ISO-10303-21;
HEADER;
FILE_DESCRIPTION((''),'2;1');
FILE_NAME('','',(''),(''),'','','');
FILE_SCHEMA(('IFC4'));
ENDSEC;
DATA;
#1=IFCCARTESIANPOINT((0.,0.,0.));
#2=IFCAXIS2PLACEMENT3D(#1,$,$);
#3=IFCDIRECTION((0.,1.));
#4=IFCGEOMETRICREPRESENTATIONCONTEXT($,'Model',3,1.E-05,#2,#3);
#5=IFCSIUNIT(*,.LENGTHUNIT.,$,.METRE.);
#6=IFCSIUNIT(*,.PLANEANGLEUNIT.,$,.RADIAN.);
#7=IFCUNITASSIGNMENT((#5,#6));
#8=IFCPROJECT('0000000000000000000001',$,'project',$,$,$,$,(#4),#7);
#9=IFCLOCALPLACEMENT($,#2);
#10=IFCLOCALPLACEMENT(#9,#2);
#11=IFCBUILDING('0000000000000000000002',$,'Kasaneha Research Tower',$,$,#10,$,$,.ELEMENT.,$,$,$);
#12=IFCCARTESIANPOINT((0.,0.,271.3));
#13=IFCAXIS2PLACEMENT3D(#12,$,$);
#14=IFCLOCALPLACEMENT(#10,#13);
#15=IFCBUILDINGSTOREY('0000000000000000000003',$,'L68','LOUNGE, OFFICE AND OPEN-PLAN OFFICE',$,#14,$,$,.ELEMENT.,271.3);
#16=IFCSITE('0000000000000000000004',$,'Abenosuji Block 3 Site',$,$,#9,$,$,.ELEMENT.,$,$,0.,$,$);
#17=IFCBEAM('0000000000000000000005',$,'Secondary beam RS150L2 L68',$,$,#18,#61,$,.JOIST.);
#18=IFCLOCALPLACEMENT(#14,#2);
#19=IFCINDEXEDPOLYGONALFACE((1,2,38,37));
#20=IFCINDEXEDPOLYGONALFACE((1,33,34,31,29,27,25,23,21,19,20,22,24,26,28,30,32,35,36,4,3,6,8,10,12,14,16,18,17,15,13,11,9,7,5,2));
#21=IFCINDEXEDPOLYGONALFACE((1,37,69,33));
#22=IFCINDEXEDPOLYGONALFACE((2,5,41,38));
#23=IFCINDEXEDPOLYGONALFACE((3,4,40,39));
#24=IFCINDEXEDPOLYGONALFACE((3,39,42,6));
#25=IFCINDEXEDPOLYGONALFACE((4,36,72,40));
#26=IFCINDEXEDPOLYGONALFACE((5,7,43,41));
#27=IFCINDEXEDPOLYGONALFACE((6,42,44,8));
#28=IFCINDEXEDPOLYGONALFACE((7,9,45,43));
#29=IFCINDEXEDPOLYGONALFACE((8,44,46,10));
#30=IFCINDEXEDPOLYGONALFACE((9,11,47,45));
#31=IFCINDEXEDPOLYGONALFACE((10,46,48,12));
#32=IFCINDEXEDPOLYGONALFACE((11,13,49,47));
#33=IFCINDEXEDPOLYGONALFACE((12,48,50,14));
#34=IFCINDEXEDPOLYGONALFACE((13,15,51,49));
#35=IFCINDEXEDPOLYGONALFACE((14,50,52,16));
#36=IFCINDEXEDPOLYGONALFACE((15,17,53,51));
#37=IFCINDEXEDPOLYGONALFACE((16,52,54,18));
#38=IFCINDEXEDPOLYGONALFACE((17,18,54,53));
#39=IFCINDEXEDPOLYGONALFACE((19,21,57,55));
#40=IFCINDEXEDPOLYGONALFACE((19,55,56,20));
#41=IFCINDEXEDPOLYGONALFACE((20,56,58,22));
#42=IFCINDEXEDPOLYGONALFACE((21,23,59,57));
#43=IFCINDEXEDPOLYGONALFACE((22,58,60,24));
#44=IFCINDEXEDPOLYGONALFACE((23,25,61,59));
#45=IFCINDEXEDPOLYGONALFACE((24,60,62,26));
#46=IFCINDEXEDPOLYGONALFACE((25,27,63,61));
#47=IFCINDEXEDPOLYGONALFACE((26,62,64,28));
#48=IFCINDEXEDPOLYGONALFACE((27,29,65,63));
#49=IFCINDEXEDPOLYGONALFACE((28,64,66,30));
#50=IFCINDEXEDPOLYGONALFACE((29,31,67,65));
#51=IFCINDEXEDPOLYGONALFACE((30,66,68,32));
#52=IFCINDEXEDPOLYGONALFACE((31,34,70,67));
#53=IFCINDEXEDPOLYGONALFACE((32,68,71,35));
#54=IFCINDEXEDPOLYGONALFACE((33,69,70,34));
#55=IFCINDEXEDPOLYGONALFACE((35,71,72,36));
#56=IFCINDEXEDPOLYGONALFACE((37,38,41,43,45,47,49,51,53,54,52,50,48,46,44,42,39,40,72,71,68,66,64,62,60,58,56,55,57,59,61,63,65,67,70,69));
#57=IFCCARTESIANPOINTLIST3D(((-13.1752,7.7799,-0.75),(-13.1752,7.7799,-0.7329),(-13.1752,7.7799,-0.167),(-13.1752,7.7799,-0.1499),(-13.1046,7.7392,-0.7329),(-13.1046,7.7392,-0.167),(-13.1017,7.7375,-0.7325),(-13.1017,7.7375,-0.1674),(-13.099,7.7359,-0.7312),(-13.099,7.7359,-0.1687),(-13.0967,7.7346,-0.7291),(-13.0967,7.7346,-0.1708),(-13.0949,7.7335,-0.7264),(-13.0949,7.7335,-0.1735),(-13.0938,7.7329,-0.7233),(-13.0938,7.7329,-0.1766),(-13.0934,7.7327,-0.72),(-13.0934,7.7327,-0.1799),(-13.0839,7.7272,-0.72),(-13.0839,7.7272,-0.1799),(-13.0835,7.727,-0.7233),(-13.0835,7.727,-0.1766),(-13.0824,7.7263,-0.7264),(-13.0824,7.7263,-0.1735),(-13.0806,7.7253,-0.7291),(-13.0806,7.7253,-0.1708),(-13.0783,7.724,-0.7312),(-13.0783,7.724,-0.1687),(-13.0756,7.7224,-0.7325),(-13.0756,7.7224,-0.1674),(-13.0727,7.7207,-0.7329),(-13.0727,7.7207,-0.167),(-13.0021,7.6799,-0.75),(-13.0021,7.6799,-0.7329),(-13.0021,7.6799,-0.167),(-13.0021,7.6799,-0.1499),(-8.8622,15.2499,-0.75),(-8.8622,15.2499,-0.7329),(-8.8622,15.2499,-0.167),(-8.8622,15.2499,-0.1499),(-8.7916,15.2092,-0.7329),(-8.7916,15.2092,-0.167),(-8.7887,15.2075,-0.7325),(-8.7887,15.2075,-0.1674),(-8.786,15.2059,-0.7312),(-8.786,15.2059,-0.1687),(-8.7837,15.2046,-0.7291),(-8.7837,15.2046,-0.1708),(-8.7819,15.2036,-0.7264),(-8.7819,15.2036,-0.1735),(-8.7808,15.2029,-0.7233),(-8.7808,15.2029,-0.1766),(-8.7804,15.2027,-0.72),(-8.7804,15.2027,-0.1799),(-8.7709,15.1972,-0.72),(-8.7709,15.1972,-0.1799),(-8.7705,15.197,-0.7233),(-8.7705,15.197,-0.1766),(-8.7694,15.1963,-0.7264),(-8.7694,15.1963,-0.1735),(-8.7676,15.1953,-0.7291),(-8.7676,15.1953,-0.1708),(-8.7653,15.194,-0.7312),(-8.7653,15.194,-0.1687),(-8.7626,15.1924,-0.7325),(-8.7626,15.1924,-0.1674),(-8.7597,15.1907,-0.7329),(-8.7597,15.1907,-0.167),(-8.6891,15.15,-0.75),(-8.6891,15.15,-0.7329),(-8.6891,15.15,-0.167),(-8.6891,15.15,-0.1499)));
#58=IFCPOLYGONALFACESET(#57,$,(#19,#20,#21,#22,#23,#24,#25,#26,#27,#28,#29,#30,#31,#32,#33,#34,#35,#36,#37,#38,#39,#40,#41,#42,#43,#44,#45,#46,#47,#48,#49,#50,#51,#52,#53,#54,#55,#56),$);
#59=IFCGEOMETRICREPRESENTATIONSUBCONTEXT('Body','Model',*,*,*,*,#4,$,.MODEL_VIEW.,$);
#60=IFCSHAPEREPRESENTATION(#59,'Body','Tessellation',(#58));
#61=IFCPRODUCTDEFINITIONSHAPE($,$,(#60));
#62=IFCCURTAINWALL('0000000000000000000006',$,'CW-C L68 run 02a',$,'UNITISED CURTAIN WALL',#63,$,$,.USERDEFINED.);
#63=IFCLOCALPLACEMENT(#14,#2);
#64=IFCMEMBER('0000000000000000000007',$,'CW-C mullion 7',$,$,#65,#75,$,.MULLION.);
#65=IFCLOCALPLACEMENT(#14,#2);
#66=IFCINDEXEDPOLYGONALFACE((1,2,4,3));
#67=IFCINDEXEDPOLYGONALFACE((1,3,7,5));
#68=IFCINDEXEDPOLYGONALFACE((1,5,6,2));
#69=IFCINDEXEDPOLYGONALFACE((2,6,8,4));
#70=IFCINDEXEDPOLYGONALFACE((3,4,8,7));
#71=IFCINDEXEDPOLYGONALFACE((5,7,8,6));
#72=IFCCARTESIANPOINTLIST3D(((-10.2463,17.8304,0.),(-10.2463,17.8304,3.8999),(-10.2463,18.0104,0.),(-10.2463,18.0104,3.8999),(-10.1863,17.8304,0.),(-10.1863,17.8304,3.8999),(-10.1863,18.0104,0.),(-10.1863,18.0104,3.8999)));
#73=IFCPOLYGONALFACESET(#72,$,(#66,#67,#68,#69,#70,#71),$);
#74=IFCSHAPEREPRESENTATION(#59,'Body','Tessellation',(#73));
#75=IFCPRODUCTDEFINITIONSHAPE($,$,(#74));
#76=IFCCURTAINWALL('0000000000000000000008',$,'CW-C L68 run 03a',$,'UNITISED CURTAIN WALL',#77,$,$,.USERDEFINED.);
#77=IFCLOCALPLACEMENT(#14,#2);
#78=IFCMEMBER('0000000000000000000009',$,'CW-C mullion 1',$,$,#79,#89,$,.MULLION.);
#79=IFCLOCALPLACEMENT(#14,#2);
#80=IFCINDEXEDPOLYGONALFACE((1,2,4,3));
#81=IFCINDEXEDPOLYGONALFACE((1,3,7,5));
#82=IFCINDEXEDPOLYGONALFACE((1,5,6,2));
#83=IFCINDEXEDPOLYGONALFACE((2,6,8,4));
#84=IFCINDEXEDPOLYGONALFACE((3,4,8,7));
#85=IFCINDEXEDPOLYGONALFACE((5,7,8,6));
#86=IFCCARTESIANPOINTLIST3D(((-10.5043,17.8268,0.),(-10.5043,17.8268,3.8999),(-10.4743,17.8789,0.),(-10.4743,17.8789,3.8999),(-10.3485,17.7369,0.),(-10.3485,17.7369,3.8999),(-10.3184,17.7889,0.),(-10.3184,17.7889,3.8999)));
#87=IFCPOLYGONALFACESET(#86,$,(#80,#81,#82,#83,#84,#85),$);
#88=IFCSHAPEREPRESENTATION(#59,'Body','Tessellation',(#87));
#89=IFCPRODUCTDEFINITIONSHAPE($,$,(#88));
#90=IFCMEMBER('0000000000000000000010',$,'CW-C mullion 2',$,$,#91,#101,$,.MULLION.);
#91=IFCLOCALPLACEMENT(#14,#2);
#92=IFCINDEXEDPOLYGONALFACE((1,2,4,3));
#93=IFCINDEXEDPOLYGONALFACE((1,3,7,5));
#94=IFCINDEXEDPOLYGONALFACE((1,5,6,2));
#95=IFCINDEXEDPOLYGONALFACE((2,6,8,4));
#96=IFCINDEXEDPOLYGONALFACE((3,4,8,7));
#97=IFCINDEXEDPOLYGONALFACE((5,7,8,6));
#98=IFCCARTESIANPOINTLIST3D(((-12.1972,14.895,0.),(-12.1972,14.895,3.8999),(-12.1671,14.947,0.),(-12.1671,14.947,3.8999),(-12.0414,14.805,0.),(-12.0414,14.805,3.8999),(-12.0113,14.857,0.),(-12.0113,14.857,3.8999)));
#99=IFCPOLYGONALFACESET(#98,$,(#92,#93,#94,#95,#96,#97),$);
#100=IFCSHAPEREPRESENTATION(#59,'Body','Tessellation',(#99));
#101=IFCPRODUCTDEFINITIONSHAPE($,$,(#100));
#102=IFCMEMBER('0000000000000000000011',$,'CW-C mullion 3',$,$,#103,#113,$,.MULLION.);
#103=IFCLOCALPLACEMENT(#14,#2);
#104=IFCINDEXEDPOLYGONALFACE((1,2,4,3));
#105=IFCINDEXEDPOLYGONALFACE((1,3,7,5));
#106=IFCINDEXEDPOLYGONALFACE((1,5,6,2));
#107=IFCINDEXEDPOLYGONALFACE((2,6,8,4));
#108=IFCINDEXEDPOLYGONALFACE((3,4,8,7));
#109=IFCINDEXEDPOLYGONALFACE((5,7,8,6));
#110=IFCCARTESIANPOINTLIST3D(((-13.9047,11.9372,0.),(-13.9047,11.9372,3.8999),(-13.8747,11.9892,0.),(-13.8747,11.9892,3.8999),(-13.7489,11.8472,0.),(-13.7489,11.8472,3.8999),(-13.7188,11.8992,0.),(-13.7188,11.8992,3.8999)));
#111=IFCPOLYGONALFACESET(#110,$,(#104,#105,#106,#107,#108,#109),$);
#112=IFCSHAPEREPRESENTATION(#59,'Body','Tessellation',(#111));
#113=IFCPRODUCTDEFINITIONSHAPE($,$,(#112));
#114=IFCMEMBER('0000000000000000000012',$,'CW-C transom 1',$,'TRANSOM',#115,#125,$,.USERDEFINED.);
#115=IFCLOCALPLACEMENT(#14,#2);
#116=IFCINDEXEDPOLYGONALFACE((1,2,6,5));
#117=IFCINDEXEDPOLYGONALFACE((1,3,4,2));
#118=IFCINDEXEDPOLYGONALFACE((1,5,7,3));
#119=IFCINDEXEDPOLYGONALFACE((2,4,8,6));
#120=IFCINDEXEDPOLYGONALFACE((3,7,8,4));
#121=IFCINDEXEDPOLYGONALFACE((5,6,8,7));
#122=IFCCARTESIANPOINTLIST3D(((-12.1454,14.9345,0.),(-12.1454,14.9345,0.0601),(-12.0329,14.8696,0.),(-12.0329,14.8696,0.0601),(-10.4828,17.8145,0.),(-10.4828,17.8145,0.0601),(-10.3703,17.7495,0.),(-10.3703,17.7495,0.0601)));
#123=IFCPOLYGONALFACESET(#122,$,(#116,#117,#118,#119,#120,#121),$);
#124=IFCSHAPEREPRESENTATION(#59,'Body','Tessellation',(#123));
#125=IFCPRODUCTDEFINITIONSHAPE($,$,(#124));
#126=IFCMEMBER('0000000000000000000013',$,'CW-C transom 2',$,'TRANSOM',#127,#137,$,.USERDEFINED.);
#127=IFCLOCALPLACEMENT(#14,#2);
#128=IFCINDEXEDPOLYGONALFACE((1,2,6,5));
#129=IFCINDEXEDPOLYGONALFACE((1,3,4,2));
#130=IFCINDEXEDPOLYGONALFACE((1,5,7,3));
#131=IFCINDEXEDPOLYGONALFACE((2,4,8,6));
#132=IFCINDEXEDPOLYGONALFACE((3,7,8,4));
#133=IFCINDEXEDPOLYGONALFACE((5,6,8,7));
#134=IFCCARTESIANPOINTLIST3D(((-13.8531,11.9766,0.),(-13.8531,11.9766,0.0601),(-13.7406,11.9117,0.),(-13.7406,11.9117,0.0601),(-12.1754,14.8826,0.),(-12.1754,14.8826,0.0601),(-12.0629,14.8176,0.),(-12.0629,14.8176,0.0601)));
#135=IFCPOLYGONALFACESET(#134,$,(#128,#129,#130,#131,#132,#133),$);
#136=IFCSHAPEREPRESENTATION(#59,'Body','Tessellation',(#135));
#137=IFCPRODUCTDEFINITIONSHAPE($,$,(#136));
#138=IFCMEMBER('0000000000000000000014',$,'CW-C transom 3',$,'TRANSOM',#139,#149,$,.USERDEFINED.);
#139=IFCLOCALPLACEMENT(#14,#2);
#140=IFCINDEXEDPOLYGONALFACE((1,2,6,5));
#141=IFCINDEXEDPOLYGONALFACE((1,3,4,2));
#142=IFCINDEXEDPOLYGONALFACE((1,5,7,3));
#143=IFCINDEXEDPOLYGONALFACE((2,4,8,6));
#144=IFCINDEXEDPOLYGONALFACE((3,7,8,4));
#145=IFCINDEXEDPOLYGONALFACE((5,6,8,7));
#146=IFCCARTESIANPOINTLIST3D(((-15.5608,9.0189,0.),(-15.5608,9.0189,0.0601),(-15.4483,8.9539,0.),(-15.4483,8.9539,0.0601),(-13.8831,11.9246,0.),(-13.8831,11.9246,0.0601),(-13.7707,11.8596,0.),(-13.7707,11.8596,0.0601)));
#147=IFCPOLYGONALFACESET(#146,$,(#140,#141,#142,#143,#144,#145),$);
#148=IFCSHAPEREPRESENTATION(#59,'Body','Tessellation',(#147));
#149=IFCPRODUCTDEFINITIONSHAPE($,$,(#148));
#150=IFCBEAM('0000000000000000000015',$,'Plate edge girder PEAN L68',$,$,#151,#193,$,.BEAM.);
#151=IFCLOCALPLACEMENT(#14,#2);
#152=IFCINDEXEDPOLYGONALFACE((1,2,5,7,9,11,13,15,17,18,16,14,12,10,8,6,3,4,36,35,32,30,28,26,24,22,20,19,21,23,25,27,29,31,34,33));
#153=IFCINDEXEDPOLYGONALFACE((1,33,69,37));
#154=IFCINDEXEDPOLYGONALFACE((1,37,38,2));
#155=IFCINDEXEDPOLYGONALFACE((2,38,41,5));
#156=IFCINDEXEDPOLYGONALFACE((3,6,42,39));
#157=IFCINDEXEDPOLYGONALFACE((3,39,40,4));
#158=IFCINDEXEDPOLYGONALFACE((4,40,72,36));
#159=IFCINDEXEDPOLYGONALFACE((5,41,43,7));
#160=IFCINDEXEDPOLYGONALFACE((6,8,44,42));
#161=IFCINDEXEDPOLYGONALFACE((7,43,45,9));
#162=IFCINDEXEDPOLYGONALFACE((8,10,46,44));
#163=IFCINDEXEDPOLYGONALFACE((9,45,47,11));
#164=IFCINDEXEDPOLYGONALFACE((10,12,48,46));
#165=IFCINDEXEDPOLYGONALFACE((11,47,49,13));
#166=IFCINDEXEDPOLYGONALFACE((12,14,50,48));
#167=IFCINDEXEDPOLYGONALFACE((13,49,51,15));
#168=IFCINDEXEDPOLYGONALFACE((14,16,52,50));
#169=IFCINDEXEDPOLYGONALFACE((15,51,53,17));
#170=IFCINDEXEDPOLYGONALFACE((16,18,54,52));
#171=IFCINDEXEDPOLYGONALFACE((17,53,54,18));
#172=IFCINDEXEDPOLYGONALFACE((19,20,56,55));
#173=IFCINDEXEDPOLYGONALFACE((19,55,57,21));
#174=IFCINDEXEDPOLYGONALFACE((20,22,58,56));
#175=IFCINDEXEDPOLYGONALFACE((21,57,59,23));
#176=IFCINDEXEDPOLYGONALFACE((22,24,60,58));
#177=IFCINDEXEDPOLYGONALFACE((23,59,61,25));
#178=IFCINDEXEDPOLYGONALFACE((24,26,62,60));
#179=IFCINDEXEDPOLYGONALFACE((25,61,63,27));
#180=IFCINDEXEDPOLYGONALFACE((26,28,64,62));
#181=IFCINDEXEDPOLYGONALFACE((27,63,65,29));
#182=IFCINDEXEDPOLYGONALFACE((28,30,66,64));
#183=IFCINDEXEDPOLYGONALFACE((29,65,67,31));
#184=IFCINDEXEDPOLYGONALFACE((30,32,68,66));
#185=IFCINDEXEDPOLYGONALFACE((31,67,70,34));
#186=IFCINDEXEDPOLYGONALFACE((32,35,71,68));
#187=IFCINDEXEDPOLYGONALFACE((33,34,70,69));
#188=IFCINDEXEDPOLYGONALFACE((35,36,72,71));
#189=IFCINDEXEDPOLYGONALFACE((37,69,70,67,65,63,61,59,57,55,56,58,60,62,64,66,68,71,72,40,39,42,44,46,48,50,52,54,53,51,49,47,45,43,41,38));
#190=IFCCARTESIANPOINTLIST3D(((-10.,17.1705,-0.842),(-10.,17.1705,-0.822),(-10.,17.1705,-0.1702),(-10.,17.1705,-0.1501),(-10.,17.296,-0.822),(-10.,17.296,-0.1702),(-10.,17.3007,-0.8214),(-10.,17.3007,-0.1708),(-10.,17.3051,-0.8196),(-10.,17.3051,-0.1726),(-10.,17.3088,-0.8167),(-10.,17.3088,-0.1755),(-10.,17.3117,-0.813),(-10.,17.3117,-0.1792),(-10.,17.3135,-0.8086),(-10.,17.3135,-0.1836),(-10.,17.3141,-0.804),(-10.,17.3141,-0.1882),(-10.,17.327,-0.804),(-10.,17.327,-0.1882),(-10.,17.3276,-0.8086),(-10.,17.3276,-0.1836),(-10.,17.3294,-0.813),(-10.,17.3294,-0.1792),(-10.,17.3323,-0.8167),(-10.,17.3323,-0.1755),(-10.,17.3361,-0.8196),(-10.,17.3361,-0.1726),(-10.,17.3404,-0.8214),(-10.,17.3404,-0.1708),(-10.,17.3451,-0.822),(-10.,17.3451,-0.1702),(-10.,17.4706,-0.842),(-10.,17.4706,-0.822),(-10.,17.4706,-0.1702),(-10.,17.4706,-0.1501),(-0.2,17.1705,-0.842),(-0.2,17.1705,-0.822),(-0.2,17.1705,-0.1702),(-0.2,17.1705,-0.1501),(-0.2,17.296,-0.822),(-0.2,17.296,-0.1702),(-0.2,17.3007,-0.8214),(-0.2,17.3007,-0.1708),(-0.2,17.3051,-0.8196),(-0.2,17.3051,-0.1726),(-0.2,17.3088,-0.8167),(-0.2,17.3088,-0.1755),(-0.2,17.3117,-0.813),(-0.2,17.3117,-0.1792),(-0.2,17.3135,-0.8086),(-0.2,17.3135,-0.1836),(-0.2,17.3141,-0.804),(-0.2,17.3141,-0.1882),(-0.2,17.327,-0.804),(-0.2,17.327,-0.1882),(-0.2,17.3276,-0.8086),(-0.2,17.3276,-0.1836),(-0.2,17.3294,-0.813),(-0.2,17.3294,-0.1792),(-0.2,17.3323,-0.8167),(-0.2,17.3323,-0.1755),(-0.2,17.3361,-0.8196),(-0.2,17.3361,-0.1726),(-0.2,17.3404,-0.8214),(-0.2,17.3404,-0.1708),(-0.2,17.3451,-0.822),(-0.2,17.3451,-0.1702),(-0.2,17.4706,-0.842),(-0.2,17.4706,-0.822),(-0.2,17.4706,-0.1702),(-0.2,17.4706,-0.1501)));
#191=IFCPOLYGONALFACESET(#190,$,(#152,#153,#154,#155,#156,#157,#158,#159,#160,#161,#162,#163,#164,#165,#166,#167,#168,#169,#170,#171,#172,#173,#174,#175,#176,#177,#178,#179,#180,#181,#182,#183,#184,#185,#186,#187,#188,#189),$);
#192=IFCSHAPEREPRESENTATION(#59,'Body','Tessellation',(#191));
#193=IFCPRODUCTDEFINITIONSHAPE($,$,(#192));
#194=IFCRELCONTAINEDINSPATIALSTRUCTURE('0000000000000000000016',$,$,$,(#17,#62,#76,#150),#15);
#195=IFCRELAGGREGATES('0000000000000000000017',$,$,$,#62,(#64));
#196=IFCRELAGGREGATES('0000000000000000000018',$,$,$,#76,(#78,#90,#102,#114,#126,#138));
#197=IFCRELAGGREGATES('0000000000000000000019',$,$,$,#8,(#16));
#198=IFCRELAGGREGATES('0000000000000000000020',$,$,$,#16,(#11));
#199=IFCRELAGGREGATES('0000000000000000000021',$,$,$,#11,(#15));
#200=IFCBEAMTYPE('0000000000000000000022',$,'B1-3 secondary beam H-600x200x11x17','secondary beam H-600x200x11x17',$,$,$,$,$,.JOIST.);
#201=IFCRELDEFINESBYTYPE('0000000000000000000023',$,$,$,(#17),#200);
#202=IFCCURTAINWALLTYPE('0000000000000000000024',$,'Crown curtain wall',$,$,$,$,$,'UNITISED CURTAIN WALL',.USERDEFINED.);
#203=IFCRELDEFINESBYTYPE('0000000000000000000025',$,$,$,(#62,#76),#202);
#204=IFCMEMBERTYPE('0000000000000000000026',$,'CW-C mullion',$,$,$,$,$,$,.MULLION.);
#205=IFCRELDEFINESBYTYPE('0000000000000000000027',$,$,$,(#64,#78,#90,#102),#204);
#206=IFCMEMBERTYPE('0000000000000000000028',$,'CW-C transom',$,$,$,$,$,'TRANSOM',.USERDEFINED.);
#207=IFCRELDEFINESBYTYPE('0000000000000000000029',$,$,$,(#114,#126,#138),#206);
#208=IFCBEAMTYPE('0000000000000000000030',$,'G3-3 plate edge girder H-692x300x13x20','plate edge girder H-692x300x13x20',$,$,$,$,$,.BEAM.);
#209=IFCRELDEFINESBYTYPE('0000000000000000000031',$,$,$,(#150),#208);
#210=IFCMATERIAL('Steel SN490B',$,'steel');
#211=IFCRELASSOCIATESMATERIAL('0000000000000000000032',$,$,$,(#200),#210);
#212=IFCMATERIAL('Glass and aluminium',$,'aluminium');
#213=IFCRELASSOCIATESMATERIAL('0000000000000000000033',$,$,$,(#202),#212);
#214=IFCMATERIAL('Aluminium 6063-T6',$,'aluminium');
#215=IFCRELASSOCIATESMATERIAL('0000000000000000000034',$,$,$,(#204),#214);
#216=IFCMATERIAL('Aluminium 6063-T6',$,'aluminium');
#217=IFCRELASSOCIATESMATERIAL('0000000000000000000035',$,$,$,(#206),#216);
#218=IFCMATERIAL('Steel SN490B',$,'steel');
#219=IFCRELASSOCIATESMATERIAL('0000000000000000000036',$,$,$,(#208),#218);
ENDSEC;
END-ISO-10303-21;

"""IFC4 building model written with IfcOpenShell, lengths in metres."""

from ifc_helpers import new_model, si_unit, direction, frame, origin, origin_2d, place, context, subcontext, project, spatial, rectangle, i_section, extrude, material, material_profile, profile_set, type_object, element, aggregate, save


model = new_model("IFC4")

# Units and contexts
model_context = context("Model", 3, precision=1e-05, world=origin(), true_north=direction((0.0, 1.0)))
body_context = subcontext(model_context, "Body", "Model", "MODEL_VIEW")
ifc_project = project(units=[si_unit("LENGTHUNIT", "METRE"), si_unit("PLANEANGLEUNIT", "RADIAN")], contexts=[model_context])

# Site, building, storey
site_placement = place(None, origin())
site = spatial("IfcSite", under=ifc_project, at=site_placement, Name="Abenosuji Block 3 Site", CompositionType="ELEMENT", RefElevation=0.0)
building_placement = place(site_placement, origin())
building = spatial("IfcBuilding", under=site, at=building_placement, Name="Kasaneha Research Tower", CompositionType="ELEMENT")
storey_placement = place(building_placement, frame((0.0, 0.0, 271.3)))
storey = spatial("IfcBuildingStorey", under=building, at=storey_placement, Name="L68", Description="LOUNGE, OFFICE AND OPEN-PLAN OFFICE", CompositionType="ELEMENT", Elevation=271.3)

# Beam
ifc_material_1 = material(Name="Steel SN490B", Category="steel")
ifc_material_profile_1 = material_profile(ifc_material_1, i_section(OverallWidth=0.2, OverallDepth=0.6001, WebThickness=0.011, FlangeThickness=0.0171, FilletRadius=0.0129, at=origin_2d()), Name="H-600x200x11x17")
ifc_profile_set_1 = profile_set([ifc_material_profile_1], Name="Steel SN490B")
beam_type_1 = type_object("IfcBeamType", Name="B1-3 secondary beam H-600x200x11x17", Description="secondary beam H-600x200x11x17", PredefinedType="JOIST", material=ifc_profile_set_1)
beam_1_placement = place(storey_placement, frame((-8.7756, 15.2, -0.45), z_axis=(-0.500017, -0.866015, 0.0), x_axis=(0.866015, -0.500017, 0.0)))
element("IfcBeam", 1, at=beam_1_placement, inside=storey, type_object=beam_type_1, Name="Secondary beam RS150L2 L68", PredefinedType="JOIST", context=body_context, shape_type="SweptSolid", body=[
    extrude(i_section(OverallWidth=0.2, OverallDepth=0.6001, WebThickness=0.011, FlangeThickness=0.0171, FilletRadius=0.0129, at=origin_2d()), origin(), (0.0, 0.0, 1.0), 8.6257),
])

# Curtain wall, member
ifc_material_2 = material(Name="Glass and aluminium", Category="aluminium")
curtain_wall_type = type_object("IfcCurtainWallType", Name="Crown curtain wall", ElementType="UNITISED CURTAIN WALL", PredefinedType="USERDEFINED", material=ifc_material_2)
curtain_wall_1_placement = place(storey_placement, origin())
curtain_wall_1 = element("IfcCurtainWall", 2, at=curtain_wall_1_placement, inside=storey, type_object=curtain_wall_type, Name="CW-C L68 run 02a", ObjectType="UNITISED CURTAIN WALL", PredefinedType="USERDEFINED")
ifc_material_3 = material(Name="Aluminium 6063-T6", Category="aluminium")
ifc_material_profile_2 = material_profile(ifc_material_3, rectangle(XDim=0.0601, YDim=0.1799, at=origin_2d()), Name="CW-C mullion 60x180")
ifc_profile_set_2 = profile_set([ifc_material_profile_2], Name="Aluminium 6063-T6")
member_type_1 = type_object("IfcMemberType", Name="CW-C mullion", PredefinedType="MULLION", material=ifc_profile_set_2)
member_1_placement = place(storey_placement, frame((-10.2163, 17.9204, 0.0), z_axis=(0.0, 0.0, 1.0), x_axis=(-1.0, 0.0, 0.0)))
member_1 = element("IfcMember", 3, at=member_1_placement, type_object=member_type_1, Name="CW-C mullion 7", PredefinedType="MULLION", context=body_context, shape_type="SweptSolid", body=[
    extrude(rectangle(XDim=0.0601, YDim=0.1799, at=origin_2d()), origin(), (0.0, 0.0, 1.0), 3.8999),
])

# Curtain wall, members
curtain_wall_2_placement = place(storey_placement, origin())
curtain_wall_2 = element("IfcCurtainWall", 4, at=curtain_wall_2_placement, inside=storey, type_object=curtain_wall_type, Name="CW-C L68 run 03a", ObjectType="UNITISED CURTAIN WALL", PredefinedType="USERDEFINED")
member_2_placement = place(storey_placement, frame((-10.4114, 17.8079, 0.0), z_axis=(0.0, 0.0, 1.0), x_axis=(-0.5, -0.866025, 0.0)))
member_2 = element("IfcMember", 5, at=member_2_placement, type_object=member_type_1, Name="CW-C mullion 1", PredefinedType="MULLION", context=body_context, shape_type="SweptSolid", body=[
    extrude(rectangle(XDim=0.0601, YDim=0.1799, at=origin_2d()), origin(), (0.0, 0.0, 1.0), 3.8999),
])
member_3_placement = place(storey_placement, frame((-12.1042, 14.876, 0.0), z_axis=(0.0, 0.0, 1.0), x_axis=(-0.5, -0.866025, 0.0)))
member_3 = element("IfcMember", 6, at=member_3_placement, type_object=member_type_1, Name="CW-C mullion 2", PredefinedType="MULLION", context=body_context, shape_type="SweptSolid", body=[
    extrude(rectangle(XDim=0.0601, YDim=0.1799, at=origin_2d()), origin(), (0.0, 0.0, 1.0), 3.8999),
])
member_4_placement = place(storey_placement, frame((-13.8118, 11.9182, 0.0), z_axis=(0.0, 0.0, 1.0), x_axis=(-0.5, -0.866025, 0.0)))
member_4 = element("IfcMember", 7, at=member_4_placement, type_object=member_type_1, Name="CW-C mullion 3", PredefinedType="MULLION", context=body_context, shape_type="SweptSolid", body=[
    extrude(rectangle(XDim=0.0601, YDim=0.1799, at=origin_2d()), origin(), (0.0, 0.0, 1.0), 3.8999),
])
ifc_material_4 = material(Name="Aluminium 6063-T6", Category="aluminium")
ifc_material_profile_3 = material_profile(ifc_material_4, rectangle(XDim=0.1299, YDim=0.0601, at=origin_2d()), Name="CW-C transom 130x60")
ifc_profile_set_3 = profile_set([ifc_material_profile_3], Name="Aluminium 6063-T6")
member_type_2 = type_object("IfcMemberType", Name="CW-C transom", ElementType="TRANSOM", PredefinedType="USERDEFINED", material=ifc_profile_set_3)
member_5_placement = place(storey_placement, frame((-10.4265, 17.782, 0.03), z_axis=(-0.499977, -0.866039, 0.0), x_axis=(0.866039, -0.499977, 0.0)))
member_5 = element("IfcMember", 8, at=member_5_placement, type_object=member_type_2, Name="CW-C transom 1", ObjectType="TRANSOM", PredefinedType="USERDEFINED", context=body_context, shape_type="SweptSolid", body=[
    extrude(rectangle(XDim=0.1299, YDim=0.0601, at=origin_2d()), origin(), (0.0, 0.0, 1.0), 3.3254),
])
member_6_placement = place(storey_placement, frame((-12.1191, 14.8501, 0.03), z_axis=(-0.499989, -0.866032, 0.0), x_axis=(0.866032, -0.499989, 0.0)))
member_6 = element("IfcMember", 9, at=member_6_placement, type_object=member_type_2, Name="CW-C transom 2", ObjectType="TRANSOM", PredefinedType="USERDEFINED", context=body_context, shape_type="SweptSolid", body=[
    extrude(rectangle(XDim=0.1299, YDim=0.0601, at=origin_2d()), origin(), (0.0, 0.0, 1.0), 3.3555),
])
member_7_placement = place(storey_placement, frame((-13.8269, 11.8921, 0.03), z_axis=(-0.500021, -0.866014, 0.0), x_axis=(0.866014, -0.500021, 0.0)))
member_7 = element("IfcMember", 10, at=member_7_placement, type_object=member_type_2, Name="CW-C transom 3", ObjectType="TRANSOM", PredefinedType="USERDEFINED", context=body_context, shape_type="SweptSolid", body=[
    extrude(rectangle(XDim=0.1299, YDim=0.0601, at=origin_2d()), origin(), (0.0, 0.0, 1.0), 3.3552),
])

# Beam
ifc_material_5 = material(Name="Steel SN490B", Category="steel")
ifc_material_profile_4 = material_profile(ifc_material_5, i_section(OverallWidth=0.3, OverallDepth=0.6919, WebThickness=0.0129, FlangeThickness=0.02, FilletRadius=0.0181, at=origin_2d()), Name="H-692x300x13x20")
ifc_profile_set_4 = profile_set([ifc_material_profile_4], Name="Steel SN490B")
beam_type_2 = type_object("IfcBeamType", Name="G3-3 plate edge girder H-692x300x13x20", Description="plate edge girder H-692x300x13x20", PredefinedType="BEAM", material=ifc_profile_set_4)
beam_2_placement = place(storey_placement, frame((-10.0, 17.3206, -0.4961), z_axis=(1.0, 0.0, 0.0), x_axis=(0.0, 1.0, 0.0)))
element("IfcBeam", 11, at=beam_2_placement, inside=storey, type_object=beam_type_2, Name="Plate edge girder PEAN L68", PredefinedType="BEAM", context=body_context, shape_type="SweptSolid", body=[
    extrude(i_section(OverallWidth=0.3, OverallDepth=0.6919, WebThickness=0.0129, FlangeThickness=0.02, FilletRadius=0.0181, at=origin_2d()), origin(), (0.0, 0.0, 1.0), 9.8),
])

aggregate(curtain_wall_1, [member_1])
aggregate(curtain_wall_2, [member_2, member_3, member_4, member_5, member_6, member_7])

save(model, "model.ifc")
